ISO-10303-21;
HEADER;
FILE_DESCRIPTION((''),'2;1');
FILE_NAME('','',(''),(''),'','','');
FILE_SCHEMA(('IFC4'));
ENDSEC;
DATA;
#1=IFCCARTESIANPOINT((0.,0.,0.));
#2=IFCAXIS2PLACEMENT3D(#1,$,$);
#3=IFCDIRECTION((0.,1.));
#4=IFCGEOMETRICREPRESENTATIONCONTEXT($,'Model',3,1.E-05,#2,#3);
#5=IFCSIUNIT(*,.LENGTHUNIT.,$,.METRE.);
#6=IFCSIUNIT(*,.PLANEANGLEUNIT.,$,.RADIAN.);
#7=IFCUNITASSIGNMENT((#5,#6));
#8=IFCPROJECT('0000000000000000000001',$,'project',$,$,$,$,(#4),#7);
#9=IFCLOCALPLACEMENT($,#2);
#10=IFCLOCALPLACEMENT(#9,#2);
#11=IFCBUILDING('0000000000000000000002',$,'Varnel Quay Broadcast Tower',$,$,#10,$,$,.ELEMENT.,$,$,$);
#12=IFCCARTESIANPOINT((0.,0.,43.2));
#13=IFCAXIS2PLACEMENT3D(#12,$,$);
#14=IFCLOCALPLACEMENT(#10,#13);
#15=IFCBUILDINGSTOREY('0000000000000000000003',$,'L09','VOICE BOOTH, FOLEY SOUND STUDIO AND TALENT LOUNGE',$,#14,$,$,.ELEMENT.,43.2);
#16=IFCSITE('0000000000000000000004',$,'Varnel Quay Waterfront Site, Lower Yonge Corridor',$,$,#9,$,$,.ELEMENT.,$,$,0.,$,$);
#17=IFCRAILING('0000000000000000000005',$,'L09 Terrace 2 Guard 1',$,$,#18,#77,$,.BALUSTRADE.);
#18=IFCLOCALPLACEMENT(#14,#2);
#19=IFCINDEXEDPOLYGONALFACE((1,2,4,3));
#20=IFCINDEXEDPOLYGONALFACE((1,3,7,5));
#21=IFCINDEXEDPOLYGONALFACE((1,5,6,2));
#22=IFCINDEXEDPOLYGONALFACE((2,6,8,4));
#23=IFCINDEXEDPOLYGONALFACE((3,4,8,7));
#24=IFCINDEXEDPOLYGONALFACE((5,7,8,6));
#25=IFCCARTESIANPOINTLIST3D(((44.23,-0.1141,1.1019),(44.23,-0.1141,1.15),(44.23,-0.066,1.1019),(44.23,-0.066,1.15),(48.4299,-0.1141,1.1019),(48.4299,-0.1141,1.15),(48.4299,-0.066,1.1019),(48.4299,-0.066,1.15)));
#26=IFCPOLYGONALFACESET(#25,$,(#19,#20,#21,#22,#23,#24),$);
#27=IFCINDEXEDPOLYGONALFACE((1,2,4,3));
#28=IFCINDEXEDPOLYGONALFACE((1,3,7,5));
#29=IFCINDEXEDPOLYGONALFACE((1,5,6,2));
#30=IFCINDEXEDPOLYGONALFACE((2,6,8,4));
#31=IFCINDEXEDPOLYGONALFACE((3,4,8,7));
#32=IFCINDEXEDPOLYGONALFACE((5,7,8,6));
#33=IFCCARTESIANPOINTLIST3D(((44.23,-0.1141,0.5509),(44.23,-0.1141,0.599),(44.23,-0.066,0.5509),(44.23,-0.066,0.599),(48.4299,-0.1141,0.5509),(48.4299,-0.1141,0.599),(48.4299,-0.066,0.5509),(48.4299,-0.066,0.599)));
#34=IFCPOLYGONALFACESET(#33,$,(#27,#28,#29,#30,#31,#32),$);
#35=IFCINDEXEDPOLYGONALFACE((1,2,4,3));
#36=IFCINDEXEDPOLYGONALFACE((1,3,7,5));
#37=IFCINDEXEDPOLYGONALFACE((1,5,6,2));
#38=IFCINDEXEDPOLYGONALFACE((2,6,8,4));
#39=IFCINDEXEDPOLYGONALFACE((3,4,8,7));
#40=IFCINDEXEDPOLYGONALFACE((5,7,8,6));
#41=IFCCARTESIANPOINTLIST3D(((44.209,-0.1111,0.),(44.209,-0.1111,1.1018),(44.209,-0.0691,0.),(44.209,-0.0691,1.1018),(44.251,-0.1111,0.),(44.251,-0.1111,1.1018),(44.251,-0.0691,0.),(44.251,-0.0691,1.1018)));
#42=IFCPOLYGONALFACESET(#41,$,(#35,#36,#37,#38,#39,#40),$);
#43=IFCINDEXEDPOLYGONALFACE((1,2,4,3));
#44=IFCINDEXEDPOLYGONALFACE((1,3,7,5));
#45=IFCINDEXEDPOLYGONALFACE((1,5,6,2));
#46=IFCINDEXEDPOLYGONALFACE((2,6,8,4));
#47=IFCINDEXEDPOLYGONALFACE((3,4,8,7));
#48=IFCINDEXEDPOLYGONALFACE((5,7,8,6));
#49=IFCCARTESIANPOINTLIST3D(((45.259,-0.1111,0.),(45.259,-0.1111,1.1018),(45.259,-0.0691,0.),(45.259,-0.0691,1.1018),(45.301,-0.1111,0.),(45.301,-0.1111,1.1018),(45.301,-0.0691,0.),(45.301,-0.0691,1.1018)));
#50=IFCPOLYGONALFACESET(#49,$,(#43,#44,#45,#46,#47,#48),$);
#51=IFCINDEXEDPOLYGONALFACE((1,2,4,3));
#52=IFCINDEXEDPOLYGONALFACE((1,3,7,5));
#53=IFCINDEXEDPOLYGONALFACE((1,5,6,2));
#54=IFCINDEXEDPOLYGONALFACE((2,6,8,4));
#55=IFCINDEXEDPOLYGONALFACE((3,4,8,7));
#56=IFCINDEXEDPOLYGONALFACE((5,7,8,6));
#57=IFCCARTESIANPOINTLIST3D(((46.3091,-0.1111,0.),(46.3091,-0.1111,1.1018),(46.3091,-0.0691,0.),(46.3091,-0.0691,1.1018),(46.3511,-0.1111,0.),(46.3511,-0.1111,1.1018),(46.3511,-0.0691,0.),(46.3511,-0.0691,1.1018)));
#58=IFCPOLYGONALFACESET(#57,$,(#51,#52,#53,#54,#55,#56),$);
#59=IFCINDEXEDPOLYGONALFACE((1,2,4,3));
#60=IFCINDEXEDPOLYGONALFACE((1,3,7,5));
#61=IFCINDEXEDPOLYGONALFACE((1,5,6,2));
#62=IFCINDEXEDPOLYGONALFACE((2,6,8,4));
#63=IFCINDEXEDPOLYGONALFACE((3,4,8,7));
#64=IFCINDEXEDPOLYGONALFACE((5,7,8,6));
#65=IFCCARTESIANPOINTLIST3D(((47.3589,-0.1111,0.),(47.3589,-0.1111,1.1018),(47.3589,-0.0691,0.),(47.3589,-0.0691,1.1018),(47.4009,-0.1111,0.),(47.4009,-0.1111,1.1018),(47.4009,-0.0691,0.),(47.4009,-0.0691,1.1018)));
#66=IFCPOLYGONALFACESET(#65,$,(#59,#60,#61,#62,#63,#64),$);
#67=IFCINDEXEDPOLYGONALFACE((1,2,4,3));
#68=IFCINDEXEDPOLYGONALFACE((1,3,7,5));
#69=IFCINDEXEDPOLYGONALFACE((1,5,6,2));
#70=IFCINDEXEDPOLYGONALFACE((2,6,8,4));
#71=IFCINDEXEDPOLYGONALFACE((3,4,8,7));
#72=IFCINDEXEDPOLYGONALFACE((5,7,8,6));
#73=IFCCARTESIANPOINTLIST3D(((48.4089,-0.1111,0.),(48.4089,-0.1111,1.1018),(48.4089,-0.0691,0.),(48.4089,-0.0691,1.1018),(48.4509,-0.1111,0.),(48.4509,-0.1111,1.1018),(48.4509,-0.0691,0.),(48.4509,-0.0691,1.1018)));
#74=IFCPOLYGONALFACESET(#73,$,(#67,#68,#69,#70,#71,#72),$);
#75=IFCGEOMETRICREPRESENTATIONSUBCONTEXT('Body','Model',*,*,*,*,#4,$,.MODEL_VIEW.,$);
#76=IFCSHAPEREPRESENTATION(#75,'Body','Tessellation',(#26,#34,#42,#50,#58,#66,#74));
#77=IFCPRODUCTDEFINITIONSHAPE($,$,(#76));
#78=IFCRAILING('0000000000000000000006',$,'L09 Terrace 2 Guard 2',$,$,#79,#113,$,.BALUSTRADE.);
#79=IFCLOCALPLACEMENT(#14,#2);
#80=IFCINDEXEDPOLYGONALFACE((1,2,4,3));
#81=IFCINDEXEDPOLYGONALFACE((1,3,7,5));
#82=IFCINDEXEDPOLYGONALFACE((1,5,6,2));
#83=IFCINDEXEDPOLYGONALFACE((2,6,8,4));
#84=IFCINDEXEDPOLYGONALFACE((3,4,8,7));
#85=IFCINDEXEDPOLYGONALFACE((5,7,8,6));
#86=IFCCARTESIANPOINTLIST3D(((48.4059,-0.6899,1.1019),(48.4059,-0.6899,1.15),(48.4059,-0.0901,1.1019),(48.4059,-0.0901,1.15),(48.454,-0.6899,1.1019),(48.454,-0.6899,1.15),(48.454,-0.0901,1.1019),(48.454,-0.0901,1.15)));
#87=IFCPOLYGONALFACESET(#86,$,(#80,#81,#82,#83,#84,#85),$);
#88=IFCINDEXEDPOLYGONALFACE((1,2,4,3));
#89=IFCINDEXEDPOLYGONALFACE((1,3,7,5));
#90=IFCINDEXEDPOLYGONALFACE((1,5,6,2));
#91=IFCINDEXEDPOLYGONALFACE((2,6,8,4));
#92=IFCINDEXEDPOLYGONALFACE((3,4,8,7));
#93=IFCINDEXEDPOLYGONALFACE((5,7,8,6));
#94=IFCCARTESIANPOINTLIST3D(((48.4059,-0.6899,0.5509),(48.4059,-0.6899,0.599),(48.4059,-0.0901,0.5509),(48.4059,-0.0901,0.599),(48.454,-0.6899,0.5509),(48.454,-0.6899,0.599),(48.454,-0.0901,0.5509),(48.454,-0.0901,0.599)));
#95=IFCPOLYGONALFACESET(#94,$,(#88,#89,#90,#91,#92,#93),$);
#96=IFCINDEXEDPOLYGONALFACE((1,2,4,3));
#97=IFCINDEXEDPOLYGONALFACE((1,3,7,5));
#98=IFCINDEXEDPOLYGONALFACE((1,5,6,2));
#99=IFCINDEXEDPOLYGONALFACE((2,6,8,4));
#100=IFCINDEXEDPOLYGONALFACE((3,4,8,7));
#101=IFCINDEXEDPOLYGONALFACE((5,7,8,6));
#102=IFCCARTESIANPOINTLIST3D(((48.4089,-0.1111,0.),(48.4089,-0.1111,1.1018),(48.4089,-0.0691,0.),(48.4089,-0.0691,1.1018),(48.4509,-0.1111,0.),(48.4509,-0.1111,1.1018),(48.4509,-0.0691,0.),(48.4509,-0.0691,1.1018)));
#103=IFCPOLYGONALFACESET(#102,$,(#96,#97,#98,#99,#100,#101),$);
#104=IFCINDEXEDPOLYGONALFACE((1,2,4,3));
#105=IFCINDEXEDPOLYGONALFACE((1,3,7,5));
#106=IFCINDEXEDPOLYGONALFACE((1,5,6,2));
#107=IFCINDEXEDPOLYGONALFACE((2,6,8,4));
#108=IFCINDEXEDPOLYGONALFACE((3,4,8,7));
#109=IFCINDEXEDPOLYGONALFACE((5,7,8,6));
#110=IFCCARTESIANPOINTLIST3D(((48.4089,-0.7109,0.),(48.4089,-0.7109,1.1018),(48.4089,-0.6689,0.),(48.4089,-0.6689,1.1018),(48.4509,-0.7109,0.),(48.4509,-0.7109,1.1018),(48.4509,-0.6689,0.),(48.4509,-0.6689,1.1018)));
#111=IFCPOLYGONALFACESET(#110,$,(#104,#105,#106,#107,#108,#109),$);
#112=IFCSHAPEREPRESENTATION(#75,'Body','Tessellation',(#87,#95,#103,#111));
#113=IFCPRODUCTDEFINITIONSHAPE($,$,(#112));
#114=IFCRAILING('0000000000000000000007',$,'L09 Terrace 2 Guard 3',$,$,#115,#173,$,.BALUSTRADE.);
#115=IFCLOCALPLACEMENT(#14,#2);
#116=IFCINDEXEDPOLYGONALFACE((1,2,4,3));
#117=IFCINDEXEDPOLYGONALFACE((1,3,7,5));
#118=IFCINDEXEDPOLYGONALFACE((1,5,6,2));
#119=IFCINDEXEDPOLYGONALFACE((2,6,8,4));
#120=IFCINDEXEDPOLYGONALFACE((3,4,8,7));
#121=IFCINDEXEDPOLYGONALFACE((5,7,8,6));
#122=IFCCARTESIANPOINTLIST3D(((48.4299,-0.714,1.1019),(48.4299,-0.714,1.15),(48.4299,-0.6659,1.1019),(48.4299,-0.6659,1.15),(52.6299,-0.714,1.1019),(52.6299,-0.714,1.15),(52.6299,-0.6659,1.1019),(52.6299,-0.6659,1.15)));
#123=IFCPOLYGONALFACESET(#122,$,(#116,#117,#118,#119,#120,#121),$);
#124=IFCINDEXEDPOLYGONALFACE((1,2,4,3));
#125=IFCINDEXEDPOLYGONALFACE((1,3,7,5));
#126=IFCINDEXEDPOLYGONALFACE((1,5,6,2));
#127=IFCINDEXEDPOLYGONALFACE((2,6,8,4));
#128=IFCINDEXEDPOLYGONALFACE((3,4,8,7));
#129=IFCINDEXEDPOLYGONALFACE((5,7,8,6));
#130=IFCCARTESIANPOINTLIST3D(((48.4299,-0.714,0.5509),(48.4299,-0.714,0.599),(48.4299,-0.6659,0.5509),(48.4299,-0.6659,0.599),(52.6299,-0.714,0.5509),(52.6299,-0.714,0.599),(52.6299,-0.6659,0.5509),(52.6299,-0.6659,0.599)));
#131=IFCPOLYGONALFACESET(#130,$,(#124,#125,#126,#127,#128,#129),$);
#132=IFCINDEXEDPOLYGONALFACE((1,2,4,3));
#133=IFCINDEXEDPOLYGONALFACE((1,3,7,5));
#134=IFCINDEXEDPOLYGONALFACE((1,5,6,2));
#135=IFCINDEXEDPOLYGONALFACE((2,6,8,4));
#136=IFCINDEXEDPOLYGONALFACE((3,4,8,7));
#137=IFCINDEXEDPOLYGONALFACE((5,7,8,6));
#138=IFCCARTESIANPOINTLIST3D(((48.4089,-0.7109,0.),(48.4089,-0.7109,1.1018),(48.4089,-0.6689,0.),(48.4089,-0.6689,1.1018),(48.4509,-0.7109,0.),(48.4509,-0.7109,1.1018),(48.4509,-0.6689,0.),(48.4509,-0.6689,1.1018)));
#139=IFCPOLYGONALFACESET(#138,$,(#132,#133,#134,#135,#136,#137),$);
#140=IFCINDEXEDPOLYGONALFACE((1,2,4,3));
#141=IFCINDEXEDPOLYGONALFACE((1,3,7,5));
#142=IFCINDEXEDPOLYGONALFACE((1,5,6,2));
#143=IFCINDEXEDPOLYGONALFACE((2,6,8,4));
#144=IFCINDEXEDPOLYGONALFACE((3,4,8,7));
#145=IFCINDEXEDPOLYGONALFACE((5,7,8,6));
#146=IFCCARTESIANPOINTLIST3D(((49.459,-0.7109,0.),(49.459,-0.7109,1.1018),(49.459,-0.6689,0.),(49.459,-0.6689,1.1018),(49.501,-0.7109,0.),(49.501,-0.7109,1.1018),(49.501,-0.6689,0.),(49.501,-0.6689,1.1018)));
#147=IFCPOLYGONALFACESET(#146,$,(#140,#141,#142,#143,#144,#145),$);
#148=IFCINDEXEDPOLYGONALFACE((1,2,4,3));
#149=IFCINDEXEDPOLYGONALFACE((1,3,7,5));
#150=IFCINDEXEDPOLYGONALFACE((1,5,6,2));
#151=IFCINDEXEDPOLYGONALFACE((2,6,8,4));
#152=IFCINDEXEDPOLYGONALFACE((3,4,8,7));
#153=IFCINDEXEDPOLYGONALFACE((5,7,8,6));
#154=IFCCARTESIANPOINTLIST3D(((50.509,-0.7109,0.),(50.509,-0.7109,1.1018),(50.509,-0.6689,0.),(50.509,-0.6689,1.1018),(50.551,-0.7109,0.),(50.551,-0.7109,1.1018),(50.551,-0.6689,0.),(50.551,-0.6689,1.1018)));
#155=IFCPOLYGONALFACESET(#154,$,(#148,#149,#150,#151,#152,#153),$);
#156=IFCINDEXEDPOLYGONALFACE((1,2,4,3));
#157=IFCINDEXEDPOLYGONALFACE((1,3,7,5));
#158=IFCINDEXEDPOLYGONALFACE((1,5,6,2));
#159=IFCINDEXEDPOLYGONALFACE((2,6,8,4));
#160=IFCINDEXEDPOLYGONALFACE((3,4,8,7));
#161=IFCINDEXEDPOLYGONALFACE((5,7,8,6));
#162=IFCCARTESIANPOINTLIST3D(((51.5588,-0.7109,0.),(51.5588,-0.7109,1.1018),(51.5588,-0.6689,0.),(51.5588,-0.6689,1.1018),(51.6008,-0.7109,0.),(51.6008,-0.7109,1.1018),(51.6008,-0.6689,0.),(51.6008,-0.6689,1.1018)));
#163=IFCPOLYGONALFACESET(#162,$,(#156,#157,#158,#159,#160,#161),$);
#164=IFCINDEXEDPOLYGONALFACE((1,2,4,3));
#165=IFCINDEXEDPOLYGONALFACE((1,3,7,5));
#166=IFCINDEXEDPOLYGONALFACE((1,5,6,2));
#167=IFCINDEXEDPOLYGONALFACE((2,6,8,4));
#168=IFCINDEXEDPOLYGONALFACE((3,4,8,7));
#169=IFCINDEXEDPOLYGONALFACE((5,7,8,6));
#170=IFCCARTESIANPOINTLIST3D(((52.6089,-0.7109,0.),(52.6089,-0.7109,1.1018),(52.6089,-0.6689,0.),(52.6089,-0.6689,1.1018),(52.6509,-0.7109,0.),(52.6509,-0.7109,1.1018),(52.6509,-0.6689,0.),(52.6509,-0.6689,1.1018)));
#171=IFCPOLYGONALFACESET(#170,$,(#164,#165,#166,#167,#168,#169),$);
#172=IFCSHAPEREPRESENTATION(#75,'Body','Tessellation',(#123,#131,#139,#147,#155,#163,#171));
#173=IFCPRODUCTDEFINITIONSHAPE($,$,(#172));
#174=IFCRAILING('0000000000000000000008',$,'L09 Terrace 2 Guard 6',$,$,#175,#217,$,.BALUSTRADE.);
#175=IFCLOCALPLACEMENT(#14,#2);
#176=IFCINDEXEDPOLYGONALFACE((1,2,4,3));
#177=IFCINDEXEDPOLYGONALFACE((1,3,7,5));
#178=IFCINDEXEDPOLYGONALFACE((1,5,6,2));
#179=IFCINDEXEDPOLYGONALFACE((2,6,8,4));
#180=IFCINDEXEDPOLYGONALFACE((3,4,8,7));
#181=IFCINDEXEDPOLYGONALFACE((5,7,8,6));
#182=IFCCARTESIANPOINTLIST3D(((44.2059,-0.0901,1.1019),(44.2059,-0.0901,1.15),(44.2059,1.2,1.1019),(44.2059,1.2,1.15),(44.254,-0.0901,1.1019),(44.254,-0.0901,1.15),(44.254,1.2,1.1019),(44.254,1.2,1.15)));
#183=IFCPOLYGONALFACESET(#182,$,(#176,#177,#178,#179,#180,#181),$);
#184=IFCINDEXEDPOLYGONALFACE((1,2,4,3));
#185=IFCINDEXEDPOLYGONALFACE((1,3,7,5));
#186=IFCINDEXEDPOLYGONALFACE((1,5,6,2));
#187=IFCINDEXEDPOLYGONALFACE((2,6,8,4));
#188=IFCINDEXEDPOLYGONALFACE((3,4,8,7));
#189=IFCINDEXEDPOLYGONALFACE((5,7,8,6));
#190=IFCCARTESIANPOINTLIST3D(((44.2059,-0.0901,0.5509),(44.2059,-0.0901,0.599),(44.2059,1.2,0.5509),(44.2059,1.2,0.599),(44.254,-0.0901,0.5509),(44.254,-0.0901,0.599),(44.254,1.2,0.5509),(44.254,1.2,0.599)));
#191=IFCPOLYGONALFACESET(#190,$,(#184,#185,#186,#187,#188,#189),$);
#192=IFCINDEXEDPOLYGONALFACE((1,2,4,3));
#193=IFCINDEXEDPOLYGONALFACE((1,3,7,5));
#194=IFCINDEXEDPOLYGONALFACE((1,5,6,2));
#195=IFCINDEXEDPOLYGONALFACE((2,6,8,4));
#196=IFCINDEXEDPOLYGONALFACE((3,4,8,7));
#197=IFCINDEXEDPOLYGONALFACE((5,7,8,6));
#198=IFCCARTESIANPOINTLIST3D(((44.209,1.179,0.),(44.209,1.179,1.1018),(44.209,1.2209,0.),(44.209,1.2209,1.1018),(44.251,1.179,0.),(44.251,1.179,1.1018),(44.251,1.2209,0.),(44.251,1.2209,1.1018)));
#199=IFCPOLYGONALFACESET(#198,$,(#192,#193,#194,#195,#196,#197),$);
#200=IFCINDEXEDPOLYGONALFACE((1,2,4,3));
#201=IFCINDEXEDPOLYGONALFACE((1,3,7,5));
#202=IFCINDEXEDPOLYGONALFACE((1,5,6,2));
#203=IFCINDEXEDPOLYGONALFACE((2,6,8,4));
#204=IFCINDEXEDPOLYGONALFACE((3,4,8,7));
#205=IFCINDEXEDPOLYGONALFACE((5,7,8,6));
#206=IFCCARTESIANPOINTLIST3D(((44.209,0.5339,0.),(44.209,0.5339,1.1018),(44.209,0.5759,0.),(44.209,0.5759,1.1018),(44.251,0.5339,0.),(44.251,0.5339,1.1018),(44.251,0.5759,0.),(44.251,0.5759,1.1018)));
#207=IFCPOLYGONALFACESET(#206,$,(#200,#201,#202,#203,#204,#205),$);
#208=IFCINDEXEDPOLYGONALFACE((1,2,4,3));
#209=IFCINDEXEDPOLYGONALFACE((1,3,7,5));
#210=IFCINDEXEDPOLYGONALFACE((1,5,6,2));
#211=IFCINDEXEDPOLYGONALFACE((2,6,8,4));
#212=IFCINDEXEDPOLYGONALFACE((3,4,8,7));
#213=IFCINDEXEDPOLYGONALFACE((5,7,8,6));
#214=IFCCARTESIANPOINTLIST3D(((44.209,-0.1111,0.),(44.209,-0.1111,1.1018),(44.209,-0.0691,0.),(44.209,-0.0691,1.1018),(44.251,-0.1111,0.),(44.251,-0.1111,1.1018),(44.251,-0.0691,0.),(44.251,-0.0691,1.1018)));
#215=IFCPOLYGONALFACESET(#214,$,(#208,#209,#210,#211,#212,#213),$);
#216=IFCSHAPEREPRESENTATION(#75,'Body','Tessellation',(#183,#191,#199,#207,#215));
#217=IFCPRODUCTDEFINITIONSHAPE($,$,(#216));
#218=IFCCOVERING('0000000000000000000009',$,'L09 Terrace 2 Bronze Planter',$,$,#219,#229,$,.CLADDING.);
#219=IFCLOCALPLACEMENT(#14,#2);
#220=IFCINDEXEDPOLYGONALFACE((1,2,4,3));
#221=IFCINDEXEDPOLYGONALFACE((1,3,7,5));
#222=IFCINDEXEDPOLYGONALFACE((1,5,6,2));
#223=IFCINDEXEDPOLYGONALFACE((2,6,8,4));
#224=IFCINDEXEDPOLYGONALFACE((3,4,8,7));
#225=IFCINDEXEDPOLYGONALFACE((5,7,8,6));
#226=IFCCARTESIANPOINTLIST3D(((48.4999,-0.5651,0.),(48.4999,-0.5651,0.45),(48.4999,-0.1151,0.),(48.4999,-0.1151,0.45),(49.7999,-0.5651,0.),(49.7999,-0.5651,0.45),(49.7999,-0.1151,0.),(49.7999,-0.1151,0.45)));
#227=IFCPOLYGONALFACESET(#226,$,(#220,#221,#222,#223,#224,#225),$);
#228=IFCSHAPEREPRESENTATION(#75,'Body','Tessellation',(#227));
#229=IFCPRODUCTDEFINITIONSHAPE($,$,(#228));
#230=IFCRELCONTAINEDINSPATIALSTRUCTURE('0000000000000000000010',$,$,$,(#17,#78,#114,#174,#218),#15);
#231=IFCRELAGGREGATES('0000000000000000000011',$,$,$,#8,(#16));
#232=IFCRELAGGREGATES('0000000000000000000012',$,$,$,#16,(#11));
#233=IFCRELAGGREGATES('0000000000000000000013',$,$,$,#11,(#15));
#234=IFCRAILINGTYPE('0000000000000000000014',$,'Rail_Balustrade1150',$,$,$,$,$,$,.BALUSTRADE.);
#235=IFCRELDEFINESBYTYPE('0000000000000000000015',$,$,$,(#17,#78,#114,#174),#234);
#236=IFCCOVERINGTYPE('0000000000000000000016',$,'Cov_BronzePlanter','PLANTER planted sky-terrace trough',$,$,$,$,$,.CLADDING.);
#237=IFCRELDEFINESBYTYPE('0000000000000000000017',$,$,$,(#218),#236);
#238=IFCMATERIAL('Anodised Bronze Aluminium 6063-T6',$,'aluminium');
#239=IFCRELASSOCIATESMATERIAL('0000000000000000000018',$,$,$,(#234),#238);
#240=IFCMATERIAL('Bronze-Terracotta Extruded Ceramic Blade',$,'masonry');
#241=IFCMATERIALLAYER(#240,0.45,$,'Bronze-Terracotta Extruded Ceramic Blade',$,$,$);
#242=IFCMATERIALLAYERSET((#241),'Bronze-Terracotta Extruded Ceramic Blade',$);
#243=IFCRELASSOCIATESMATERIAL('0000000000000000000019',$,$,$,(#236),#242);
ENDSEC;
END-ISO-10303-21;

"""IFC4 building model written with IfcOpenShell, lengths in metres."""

from ifc_helpers import new_model, si_unit, direction, frame, origin, origin_2d, place, context, subcontext, project, spatial, rectangle, extrude, source, transform, mapped, material, layer, layer_set, type_object, type_shapes, element, save


model = new_model("IFC4")

# Units and contexts
model_context = context("Model", 3, precision=1e-05, world=origin(), true_north=direction((0.0, 1.0)))
body_context = subcontext(model_context, "Body", "Model", "MODEL_VIEW")
ifc_project = project(units=[si_unit("LENGTHUNIT", "METRE"), si_unit("PLANEANGLEUNIT", "RADIAN")], contexts=[model_context])

# Site, building, storey
site_placement = place(None, origin())
site = spatial("IfcSite", under=ifc_project, at=site_placement, Name="Varnel Quay Waterfront Site, Lower Yonge Corridor", CompositionType="ELEMENT", RefElevation=0.0)
building_placement = place(site_placement, origin())
building = spatial("IfcBuilding", under=site, at=building_placement, Name="Varnel Quay Broadcast Tower", CompositionType="ELEMENT")
storey_placement = place(building_placement, frame((0.0, 0.0, 43.2)))
storey = spatial("IfcBuildingStorey", under=building, at=storey_placement, Name="L09", Description="VOICE BOOTH, FOLEY SOUND STUDIO AND TALENT LOUNGE", CompositionType="ELEMENT", Elevation=43.2)

# Shared definitions
ifc_material_1 = material(Name="Anodised Bronze Aluminium 6063-T6", Category="aluminium")

# Railings
railing_type = type_object("IfcRailingType", Name="Rail_Balustrade1150", PredefinedType="BALUSTRADE", material=ifc_material_1)
railing_1_placement = place(storey_placement, frame((44.23, -0.0901, 0.0)))
element("IfcRailing", 1, at=railing_1_placement, inside=storey, type_object=railing_type, Name="L09 Terrace 2 Guard 1", PredefinedType="BALUSTRADE", context=body_context, shape_type="SweptSolid", body=[
    extrude(rectangle(XDim=0.0481, YDim=0.0481, at=origin_2d()), frame((0.0, 0.0, 1.126), z_axis=(1.0, 0.0, 0.0), x_axis=(0.0, 1.0, 0.0)), (0.0, 0.0, 1.0), 4.2),
    extrude(rectangle(XDim=0.0481, YDim=0.0481, at=origin_2d()), frame((0.0, 0.0, 0.575), z_axis=(1.0, 0.0, 0.0), x_axis=(0.0, 1.0, 0.0)), (0.0, 0.0, 1.0), 4.2),
    extrude(rectangle(XDim=0.042, YDim=0.042, at=origin_2d()), origin(), (0.0, 0.0, 1.0), 1.1018),
    extrude(rectangle(XDim=0.042, YDim=0.042, at=origin_2d()), frame((1.05, 0.0, 0.0)), (0.0, 0.0, 1.0), 1.1018),
    extrude(rectangle(XDim=0.042, YDim=0.042, at=origin_2d()), frame((2.1001, 0.0, 0.0)), (0.0, 0.0, 1.0), 1.1018),
    extrude(rectangle(XDim=0.042, YDim=0.042, at=origin_2d()), frame((3.1499, 0.0, 0.0)), (0.0, 0.0, 1.0), 1.1018),
    extrude(rectangle(XDim=0.042, YDim=0.042, at=origin_2d()), frame((4.2, 0.0, 0.0)), (0.0, 0.0, 1.0), 1.1018),
])
railing_2_placement = place(storey_placement, frame((48.4299, -0.0901, 0.0)))
element("IfcRailing", 2, at=railing_2_placement, inside=storey, type_object=railing_type, Name="L09 Terrace 2 Guard 2", PredefinedType="BALUSTRADE", context=body_context, shape_type="SweptSolid", body=[
    extrude(rectangle(XDim=0.0481, YDim=0.0481, at=origin_2d()), frame((0.0, 0.0, 1.126), z_axis=(0.0, -1.0, 0.0), x_axis=(1.0, 0.0, 0.0)), (0.0, 0.0, 1.0), 0.5999),
    extrude(rectangle(XDim=0.0481, YDim=0.0481, at=origin_2d()), frame((0.0, 0.0, 0.575), z_axis=(0.0, -1.0, 0.0), x_axis=(1.0, 0.0, 0.0)), (0.0, 0.0, 1.0), 0.5999),
    extrude(rectangle(XDim=0.042, YDim=0.042, at=origin_2d()), origin(), (0.0, 0.0, 1.0), 1.1018),
    extrude(rectangle(XDim=0.042, YDim=0.042, at=origin_2d()), frame((0.0, -0.5999, 0.0)), (0.0, 0.0, 1.0), 1.1018),
])
railing_3_placement = place(storey_placement, frame((48.4299, -0.6899, 0.0)))
element("IfcRailing", 3, at=railing_3_placement, inside=storey, type_object=railing_type, Name="L09 Terrace 2 Guard 3", PredefinedType="BALUSTRADE", context=body_context, shape_type="SweptSolid", body=[
    extrude(rectangle(XDim=0.0481, YDim=0.0481, at=origin_2d()), frame((0.0, 0.0, 1.126), z_axis=(1.0, 0.0, 0.0), x_axis=(0.0, 1.0, 0.0)), (0.0, 0.0, 1.0), 4.2),
    extrude(rectangle(XDim=0.0481, YDim=0.0481, at=origin_2d()), frame((0.0, 0.0, 0.575), z_axis=(1.0, 0.0, 0.0), x_axis=(0.0, 1.0, 0.0)), (0.0, 0.0, 1.0), 4.2),
    extrude(rectangle(XDim=0.042, YDim=0.042, at=origin_2d()), origin(), (0.0, 0.0, 1.0), 1.1018),
    extrude(rectangle(XDim=0.042, YDim=0.042, at=origin_2d()), frame((1.05, 0.0, 0.0)), (0.0, 0.0, 1.0), 1.1018),
    extrude(rectangle(XDim=0.042, YDim=0.042, at=origin_2d()), frame((2.1001, 0.0, 0.0)), (0.0, 0.0, 1.0), 1.1018),
    extrude(rectangle(XDim=0.042, YDim=0.042, at=origin_2d()), frame((3.1499, 0.0, 0.0)), (0.0, 0.0, 1.0), 1.1018),
    extrude(rectangle(XDim=0.042, YDim=0.042, at=origin_2d()), frame((4.2, 0.0, 0.0)), (0.0, 0.0, 1.0), 1.1018),
])
railing_4_placement = place(storey_placement, frame((44.23, 1.2, 0.0)))
element("IfcRailing", 4, at=railing_4_placement, inside=storey, type_object=railing_type, Name="L09 Terrace 2 Guard 6", PredefinedType="BALUSTRADE", context=body_context, shape_type="SweptSolid", body=[
    extrude(rectangle(XDim=0.0481, YDim=0.0481, at=origin_2d()), frame((0.0, 0.0, 1.126), z_axis=(0.0, -1.0, 0.0), x_axis=(1.0, 0.0, 0.0)), (0.0, 0.0, 1.0), 1.29),
    extrude(rectangle(XDim=0.0481, YDim=0.0481, at=origin_2d()), frame((0.0, 0.0, 0.575), z_axis=(0.0, -1.0, 0.0), x_axis=(1.0, 0.0, 0.0)), (0.0, 0.0, 1.0), 1.29),
    extrude(rectangle(XDim=0.042, YDim=0.042, at=origin_2d()), origin(), (0.0, 0.0, 1.0), 1.1018),
    extrude(rectangle(XDim=0.042, YDim=0.042, at=origin_2d()), frame((0.0, -0.645, 0.0)), (0.0, 0.0, 1.0), 1.1018),
    extrude(rectangle(XDim=0.042, YDim=0.042, at=origin_2d()), frame((0.0, -1.29, 0.0)), (0.0, 0.0, 1.0), 1.1018),
])

# Covering
ifc_material_2 = material(Name="Bronze-Terracotta Extruded Ceramic Blade", Category="masonry")
ifc_layer_1 = layer(ifc_material_2, 0.45, Name="Bronze-Terracotta Extruded Ceramic Blade")
ifc_layer_set_1 = layer_set([ifc_layer_1], Name="Bronze-Terracotta Extruded Ceramic Blade")
covering_type = type_object("IfcCoveringType", Name="Cov_BronzePlanter", Description="PLANTER planted sky-terrace trough", PredefinedType="CLADDING", material=ifc_layer_set_1)
shared_shape_1 = source(origin(), body_context, "Body", "SweptSolid", [
    extrude(rectangle(XDim=1.3, YDim=0.45, at=origin_2d()), origin(), (0.0, 0.0, 1.0), 0.45),
])
type_shapes(covering_type, [shared_shape_1])
covering_placement = place(storey_placement, frame((49.1499, -0.3401, 0.0), z_axis=(0.0, 0.0, 1.0), x_axis=(1.0, 0.0, 0.0)))
element("IfcCovering", 5, at=covering_placement, inside=storey, type_object=covering_type, Name="L09 Terrace 2 Bronze Planter", PredefinedType="CLADDING", context=body_context, shape_type="MappedRepresentation", body=[
    mapped(shared_shape_1, transform((0.0, 0.0, 0.0), x_axis=(1.0, 0.0, 0.0), y_axis=(0.0, 1.0, 0.0), z_axis=(0.0, 0.0, 1.0), scale=1.0)),
])

save(model, "model.ifc")
